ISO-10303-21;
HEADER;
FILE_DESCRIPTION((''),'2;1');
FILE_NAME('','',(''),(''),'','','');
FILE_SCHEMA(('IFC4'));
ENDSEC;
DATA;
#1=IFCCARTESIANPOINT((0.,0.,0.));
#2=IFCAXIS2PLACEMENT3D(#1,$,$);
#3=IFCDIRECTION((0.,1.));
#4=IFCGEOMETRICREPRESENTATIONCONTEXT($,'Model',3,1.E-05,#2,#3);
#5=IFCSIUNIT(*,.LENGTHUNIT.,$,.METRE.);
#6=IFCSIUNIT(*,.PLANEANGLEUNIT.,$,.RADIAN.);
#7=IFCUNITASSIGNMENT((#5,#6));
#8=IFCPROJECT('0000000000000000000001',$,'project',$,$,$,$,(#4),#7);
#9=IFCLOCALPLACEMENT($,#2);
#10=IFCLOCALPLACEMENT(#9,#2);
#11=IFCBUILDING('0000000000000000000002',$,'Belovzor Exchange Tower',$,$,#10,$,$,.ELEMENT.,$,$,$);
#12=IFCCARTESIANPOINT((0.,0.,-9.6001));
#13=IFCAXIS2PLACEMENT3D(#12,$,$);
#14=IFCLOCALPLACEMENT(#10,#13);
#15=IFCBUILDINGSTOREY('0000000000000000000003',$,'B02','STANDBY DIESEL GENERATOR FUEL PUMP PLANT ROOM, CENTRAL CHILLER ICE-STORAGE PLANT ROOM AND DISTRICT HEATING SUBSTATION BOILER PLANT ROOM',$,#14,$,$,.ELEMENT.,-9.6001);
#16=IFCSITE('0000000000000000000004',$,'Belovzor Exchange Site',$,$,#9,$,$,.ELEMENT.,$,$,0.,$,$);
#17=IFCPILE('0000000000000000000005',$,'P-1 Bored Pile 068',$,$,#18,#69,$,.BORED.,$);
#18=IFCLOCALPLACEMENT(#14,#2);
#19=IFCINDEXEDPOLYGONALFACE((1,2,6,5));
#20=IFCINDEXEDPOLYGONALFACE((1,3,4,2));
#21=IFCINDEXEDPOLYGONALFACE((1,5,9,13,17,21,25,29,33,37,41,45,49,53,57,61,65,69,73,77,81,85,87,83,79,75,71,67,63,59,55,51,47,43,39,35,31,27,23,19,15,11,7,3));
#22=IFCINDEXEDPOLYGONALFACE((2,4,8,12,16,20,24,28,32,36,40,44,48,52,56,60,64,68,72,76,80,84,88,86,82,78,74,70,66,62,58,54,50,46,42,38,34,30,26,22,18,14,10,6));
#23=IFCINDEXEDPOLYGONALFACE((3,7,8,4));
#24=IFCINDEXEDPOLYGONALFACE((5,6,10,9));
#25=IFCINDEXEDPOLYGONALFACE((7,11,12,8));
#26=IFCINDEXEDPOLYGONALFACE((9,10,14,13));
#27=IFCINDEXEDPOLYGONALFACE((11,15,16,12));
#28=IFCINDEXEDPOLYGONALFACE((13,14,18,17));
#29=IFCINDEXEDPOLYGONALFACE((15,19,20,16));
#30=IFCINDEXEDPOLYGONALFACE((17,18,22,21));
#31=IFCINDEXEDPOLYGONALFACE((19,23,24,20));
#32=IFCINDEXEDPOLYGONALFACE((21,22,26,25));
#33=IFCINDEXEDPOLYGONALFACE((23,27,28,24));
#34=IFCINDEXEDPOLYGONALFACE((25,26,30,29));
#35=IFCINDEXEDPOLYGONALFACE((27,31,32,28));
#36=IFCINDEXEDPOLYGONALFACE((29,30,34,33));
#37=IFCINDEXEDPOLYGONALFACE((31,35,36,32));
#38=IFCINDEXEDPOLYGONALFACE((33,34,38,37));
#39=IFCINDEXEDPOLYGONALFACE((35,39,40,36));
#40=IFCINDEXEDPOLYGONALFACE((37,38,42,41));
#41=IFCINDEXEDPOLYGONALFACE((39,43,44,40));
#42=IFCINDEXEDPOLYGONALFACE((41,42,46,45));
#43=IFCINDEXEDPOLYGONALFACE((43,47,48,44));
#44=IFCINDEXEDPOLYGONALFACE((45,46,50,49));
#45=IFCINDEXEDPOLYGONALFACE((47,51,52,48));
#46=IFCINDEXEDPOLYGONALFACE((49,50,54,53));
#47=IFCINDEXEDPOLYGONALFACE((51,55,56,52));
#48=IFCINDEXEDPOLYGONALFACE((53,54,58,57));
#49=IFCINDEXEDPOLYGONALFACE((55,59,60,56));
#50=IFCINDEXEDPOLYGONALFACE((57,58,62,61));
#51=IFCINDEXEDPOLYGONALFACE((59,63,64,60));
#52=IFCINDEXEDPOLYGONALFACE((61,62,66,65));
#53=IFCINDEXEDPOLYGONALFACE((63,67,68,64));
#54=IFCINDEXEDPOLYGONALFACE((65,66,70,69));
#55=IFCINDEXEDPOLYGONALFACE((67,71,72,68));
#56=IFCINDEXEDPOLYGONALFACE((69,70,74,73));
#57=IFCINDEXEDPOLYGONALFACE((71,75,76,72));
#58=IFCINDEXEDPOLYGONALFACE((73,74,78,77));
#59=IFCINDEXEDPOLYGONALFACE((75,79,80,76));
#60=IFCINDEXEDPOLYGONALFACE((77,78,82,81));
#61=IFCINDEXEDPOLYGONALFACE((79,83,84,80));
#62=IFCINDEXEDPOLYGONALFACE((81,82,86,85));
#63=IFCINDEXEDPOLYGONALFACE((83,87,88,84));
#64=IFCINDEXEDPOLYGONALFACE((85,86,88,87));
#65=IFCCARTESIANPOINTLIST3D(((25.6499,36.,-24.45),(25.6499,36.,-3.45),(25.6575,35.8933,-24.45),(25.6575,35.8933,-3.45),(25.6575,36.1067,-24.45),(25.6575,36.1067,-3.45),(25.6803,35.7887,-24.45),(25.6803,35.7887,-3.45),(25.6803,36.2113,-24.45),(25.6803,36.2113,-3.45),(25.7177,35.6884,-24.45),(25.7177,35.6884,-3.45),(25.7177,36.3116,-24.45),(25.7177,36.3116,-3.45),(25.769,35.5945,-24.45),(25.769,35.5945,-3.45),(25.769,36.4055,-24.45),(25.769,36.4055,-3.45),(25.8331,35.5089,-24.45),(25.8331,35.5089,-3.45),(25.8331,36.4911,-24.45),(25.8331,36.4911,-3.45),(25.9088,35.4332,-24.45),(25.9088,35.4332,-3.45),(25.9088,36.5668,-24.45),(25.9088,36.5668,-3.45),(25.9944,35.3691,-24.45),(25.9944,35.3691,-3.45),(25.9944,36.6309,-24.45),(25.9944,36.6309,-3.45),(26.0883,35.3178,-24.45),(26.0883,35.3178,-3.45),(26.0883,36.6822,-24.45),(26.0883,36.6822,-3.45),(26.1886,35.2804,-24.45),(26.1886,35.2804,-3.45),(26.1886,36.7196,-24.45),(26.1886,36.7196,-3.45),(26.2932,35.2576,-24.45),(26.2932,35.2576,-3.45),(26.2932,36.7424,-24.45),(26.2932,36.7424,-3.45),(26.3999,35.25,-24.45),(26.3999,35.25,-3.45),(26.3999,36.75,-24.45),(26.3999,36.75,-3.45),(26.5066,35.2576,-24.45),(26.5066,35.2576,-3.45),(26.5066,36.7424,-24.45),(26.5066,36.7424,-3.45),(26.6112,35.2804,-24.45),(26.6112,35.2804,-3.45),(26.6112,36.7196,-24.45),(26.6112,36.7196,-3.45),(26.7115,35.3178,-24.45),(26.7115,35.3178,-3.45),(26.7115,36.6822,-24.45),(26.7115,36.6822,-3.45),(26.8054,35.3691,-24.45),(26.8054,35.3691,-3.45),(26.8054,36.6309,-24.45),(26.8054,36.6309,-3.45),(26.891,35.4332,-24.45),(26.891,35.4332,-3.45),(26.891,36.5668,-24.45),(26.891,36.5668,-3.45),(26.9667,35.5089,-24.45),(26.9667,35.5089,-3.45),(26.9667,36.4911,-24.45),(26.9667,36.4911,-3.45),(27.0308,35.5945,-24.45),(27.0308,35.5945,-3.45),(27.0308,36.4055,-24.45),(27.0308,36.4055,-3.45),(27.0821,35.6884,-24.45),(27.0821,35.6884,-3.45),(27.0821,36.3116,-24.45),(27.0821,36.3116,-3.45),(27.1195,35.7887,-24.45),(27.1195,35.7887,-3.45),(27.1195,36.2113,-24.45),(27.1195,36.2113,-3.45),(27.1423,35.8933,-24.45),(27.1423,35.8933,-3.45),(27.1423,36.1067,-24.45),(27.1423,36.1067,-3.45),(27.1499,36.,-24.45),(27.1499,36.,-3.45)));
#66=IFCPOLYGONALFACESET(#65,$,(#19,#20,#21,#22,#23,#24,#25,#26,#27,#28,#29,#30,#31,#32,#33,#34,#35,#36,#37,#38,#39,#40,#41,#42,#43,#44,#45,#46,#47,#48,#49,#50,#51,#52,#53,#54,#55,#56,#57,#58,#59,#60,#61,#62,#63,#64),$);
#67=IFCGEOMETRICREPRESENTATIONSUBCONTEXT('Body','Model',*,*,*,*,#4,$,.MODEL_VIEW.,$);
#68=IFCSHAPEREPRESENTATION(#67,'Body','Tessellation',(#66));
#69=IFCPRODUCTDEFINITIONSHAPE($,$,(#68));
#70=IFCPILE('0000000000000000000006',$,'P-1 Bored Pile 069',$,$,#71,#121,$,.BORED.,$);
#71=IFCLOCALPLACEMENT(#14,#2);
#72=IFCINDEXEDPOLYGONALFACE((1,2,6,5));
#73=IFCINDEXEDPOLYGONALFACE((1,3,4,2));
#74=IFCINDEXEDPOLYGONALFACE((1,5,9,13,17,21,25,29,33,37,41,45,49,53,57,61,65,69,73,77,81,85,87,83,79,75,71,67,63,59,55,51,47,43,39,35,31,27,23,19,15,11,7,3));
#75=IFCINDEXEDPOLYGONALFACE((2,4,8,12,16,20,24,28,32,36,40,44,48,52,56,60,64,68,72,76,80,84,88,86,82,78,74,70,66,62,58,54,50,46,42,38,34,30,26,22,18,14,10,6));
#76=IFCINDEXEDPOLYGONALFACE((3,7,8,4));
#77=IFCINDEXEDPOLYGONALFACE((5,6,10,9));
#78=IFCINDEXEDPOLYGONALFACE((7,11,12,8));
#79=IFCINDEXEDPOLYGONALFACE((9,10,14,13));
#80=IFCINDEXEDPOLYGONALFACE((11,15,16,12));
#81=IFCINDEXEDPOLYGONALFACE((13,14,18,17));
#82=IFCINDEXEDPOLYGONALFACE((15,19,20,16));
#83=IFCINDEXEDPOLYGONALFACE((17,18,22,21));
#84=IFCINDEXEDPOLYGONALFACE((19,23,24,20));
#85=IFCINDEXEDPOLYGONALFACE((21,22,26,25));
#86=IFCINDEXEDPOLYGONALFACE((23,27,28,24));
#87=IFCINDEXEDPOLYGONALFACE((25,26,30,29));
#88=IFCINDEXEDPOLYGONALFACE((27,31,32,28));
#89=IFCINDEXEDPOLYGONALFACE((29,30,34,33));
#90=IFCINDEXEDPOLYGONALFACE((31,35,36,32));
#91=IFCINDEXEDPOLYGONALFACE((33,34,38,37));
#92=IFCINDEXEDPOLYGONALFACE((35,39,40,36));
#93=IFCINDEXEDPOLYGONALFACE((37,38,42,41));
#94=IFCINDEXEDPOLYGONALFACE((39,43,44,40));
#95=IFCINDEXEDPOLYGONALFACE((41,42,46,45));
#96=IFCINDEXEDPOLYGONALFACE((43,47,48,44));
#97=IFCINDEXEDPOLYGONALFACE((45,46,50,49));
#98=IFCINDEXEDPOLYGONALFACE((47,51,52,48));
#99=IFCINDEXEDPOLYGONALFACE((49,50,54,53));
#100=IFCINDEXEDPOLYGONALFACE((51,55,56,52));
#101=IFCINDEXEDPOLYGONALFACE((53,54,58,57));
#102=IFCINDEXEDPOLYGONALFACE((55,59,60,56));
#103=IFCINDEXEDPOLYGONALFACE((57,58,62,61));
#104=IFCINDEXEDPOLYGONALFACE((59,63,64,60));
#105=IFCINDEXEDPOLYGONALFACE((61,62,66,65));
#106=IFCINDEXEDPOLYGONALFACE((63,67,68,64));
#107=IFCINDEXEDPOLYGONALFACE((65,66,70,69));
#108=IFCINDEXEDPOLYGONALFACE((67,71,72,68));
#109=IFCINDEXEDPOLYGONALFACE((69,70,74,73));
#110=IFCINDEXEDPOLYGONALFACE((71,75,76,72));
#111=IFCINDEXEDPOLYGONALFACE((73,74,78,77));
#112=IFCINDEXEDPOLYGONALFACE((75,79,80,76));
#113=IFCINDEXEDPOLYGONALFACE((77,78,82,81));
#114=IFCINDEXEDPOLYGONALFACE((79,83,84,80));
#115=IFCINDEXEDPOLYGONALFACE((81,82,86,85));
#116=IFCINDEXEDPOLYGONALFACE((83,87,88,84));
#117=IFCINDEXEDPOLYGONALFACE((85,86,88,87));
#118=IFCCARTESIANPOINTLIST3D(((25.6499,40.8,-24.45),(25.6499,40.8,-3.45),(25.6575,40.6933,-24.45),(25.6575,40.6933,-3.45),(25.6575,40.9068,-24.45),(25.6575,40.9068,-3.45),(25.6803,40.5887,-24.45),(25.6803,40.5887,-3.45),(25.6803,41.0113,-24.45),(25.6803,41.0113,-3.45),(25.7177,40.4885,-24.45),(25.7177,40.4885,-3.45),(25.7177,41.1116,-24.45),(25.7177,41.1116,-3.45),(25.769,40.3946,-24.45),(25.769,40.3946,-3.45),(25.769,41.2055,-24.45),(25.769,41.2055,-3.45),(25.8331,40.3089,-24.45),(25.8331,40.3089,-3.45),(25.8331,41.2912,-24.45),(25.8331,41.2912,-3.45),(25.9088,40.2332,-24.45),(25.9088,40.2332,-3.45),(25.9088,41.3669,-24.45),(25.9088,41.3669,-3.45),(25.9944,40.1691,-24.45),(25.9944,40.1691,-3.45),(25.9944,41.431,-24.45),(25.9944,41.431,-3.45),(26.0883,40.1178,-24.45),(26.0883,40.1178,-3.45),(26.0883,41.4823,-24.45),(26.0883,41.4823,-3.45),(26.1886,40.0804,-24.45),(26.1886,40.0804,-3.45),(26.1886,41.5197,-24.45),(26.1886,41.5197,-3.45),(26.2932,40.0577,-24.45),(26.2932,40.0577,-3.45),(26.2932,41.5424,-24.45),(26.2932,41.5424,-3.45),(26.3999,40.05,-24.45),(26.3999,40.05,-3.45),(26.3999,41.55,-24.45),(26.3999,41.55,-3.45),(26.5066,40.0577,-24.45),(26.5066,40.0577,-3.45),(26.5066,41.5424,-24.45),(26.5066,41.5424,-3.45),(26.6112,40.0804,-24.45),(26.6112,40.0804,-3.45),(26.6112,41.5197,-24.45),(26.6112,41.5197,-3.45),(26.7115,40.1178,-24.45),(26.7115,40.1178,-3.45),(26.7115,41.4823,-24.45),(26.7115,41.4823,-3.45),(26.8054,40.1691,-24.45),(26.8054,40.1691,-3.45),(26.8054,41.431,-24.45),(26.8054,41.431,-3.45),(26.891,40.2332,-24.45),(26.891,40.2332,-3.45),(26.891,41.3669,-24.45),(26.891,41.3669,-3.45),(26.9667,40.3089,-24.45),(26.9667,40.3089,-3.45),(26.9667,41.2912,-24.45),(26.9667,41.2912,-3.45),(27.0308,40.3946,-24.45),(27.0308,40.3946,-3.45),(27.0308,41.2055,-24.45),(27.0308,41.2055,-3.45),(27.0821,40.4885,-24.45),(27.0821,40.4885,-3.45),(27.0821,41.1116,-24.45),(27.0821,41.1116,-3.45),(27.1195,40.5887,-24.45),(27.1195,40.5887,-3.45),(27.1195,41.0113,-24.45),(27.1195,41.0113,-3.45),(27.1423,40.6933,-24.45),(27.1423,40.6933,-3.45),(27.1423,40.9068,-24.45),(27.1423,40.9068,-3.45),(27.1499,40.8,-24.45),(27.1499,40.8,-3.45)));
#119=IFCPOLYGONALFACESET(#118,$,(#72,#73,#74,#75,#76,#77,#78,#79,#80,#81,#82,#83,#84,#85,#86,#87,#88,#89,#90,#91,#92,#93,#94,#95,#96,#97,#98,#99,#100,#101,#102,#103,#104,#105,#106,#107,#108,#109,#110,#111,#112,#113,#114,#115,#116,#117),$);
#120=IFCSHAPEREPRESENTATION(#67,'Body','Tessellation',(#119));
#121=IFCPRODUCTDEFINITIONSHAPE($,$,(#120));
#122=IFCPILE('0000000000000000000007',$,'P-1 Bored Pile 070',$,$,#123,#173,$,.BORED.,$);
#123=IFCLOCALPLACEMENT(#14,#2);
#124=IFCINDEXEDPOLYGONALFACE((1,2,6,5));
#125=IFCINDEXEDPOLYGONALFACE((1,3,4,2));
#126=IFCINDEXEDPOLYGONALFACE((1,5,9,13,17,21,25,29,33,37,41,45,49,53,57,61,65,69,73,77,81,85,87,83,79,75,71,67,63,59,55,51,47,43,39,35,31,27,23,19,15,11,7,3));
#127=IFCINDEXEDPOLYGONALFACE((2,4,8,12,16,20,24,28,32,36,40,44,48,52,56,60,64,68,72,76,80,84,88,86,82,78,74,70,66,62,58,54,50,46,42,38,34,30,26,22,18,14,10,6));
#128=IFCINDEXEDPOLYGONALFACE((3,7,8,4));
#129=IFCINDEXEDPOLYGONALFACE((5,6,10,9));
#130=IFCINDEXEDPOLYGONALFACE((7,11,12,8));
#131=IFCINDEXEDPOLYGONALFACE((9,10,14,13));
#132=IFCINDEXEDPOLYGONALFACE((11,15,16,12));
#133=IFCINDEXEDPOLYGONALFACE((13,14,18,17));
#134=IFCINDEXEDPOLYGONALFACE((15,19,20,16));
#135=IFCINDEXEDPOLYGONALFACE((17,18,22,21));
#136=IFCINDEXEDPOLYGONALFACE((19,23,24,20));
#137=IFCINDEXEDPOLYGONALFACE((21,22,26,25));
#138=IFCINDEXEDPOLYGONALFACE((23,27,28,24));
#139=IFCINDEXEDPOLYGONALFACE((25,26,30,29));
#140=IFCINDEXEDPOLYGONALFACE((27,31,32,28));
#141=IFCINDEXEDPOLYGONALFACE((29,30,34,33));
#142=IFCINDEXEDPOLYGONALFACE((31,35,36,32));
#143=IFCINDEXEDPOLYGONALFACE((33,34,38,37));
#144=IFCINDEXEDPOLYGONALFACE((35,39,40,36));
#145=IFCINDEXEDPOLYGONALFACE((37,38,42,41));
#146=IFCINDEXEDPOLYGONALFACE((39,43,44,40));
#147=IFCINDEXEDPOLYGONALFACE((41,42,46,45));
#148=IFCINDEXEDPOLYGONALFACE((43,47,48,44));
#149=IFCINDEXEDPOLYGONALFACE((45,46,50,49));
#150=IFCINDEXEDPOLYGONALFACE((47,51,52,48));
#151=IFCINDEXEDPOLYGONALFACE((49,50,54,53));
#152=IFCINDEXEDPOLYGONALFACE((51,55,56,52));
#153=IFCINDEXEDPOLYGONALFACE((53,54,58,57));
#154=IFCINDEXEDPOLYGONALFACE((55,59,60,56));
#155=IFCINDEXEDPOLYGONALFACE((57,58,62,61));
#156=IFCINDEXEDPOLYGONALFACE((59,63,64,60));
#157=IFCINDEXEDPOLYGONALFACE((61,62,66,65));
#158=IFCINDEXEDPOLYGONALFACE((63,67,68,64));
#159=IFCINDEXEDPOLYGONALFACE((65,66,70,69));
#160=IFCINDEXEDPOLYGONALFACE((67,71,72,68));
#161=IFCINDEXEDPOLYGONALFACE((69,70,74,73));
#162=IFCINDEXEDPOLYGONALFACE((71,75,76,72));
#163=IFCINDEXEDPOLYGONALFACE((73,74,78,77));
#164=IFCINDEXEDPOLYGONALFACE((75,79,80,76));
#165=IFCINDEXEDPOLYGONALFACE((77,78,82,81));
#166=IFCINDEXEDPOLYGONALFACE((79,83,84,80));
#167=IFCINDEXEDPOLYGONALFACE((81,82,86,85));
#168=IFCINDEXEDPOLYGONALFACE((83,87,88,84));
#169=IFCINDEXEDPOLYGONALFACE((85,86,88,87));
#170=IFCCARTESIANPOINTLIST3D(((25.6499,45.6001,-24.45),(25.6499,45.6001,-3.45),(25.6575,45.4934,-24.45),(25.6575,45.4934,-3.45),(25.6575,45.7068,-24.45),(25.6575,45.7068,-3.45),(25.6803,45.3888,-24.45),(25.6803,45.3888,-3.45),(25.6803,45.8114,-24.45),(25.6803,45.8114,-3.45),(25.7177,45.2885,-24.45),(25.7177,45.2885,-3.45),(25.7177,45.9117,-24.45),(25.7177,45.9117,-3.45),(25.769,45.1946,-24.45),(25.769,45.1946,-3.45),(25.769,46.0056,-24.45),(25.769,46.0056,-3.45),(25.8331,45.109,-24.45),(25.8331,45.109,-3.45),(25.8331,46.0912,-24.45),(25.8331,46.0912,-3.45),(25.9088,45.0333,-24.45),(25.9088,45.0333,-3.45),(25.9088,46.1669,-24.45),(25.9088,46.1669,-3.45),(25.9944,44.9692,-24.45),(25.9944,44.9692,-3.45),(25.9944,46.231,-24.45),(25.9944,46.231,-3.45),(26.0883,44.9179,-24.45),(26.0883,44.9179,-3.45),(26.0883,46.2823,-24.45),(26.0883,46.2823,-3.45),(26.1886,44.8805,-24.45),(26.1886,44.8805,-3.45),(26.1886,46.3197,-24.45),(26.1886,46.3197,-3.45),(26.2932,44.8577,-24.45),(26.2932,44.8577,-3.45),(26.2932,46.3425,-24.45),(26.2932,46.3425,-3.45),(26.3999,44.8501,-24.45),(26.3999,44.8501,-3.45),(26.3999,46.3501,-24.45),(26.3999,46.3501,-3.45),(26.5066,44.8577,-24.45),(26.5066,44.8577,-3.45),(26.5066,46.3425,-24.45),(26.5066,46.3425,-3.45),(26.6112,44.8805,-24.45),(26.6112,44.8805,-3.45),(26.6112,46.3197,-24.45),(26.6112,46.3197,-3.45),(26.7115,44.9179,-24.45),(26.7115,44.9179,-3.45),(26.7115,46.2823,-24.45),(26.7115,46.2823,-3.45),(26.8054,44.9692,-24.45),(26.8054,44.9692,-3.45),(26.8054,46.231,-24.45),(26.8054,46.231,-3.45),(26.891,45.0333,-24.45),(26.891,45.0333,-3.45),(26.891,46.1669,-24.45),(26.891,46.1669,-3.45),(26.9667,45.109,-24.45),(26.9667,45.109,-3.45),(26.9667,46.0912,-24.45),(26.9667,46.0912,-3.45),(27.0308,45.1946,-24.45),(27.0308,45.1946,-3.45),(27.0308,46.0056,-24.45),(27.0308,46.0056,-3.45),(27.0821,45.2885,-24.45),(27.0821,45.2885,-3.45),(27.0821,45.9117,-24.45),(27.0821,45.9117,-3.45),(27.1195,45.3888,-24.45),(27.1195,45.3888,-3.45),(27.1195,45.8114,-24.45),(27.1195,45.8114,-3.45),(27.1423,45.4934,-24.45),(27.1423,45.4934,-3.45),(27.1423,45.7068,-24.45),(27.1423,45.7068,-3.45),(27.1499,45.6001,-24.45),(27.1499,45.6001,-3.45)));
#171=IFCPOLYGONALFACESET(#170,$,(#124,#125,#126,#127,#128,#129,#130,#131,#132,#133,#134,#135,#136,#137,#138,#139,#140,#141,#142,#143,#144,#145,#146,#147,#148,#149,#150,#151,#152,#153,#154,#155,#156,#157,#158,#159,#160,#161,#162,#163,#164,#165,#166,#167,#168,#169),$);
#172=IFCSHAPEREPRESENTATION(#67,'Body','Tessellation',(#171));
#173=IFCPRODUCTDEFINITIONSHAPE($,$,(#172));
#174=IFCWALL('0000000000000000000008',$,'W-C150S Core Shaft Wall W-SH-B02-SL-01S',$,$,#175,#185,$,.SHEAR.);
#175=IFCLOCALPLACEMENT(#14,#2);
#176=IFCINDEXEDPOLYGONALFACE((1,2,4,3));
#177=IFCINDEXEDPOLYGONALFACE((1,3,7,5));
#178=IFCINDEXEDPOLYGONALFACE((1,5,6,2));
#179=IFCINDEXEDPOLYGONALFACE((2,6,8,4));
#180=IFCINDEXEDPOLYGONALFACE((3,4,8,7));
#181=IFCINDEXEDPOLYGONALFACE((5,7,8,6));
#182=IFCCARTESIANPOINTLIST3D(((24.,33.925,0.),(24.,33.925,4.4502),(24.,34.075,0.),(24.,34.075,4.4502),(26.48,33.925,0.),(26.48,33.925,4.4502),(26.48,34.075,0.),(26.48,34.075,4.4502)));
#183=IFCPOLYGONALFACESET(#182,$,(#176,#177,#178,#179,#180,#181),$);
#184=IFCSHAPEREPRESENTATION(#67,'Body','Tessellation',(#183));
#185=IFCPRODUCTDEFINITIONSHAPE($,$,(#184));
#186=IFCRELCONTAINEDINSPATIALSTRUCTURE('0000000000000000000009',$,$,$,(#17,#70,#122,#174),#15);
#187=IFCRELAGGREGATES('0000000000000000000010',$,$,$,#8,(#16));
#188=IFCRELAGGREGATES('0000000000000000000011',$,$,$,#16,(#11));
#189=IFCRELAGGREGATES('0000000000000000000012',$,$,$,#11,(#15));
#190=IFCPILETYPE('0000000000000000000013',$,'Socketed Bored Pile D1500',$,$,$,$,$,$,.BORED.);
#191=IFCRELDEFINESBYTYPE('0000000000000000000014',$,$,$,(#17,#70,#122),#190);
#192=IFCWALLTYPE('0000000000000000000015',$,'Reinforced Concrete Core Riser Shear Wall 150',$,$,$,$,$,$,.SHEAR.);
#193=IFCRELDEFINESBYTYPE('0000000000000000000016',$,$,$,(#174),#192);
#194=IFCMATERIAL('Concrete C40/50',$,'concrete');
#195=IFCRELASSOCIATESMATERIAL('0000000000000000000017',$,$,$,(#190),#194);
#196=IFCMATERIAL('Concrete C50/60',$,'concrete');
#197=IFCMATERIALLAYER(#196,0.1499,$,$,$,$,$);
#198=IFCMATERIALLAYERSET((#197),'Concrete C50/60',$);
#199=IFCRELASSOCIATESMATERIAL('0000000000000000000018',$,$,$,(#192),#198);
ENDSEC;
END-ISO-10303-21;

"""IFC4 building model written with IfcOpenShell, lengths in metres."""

from ifc_helpers import new_model, si_unit, direction, frame, frame_2d, origin, origin_2d, place, context, subcontext, project, spatial, rectangle, circle, extrude, material, layer, layer_set, material_profile, profile_set, type_object, element, save


model = new_model("IFC4")

# Units and contexts
model_context = context("Model", 3, precision=1e-05, world=origin(), true_north=direction((0.0, 1.0)))
body_context = subcontext(model_context, "Body", "Model", "MODEL_VIEW")
ifc_project = project(units=[si_unit("LENGTHUNIT", "METRE"), si_unit("PLANEANGLEUNIT", "RADIAN")], contexts=[model_context])

# Site, building, storey
site_placement = place(None, origin())
site = spatial("IfcSite", under=ifc_project, at=site_placement, Name="Belovzor Exchange Site", CompositionType="ELEMENT", RefElevation=0.0)
building_placement = place(site_placement, origin())
building = spatial("IfcBuilding", under=site, at=building_placement, Name="Belovzor Exchange Tower", CompositionType="ELEMENT")
storey_placement = place(building_placement, frame((0.0, 0.0, -9.6001)))
storey = spatial("IfcBuildingStorey", under=building, at=storey_placement, Name="B02", Description="STANDBY DIESEL GENERATOR FUEL PUMP PLANT ROOM, CENTRAL CHILLER ICE-STORAGE PLANT ROOM AND DISTRICT HEATING SUBSTATION BOILER PLANT ROOM", CompositionType="ELEMENT", Elevation=-9.6001)

# Piles
ifc_material_1 = material(Name="Concrete C40/50", Category="concrete")
ifc_material_profile_1 = material_profile(ifc_material_1, circle(Radius=0.75, at=origin_2d()))
ifc_profile_set_1 = profile_set([ifc_material_profile_1], Name="Concrete C40/50")
pile_type_1 = type_object("IfcPileType", Name="Socketed Bored Pile D1500", PredefinedType="BORED", material=ifc_profile_set_1)
for number, where, z_axis, x_axis, name in (
    (1, (26.3999, 36.0, -3.45), (0.0, 0.0, -1.0), (1.0, 0.0, 0.0), "P-1 Bored Pile 068"),
    (2, (26.3999, 40.8, -3.45), (0.0, 0.0, -1.0), (1.0, 0.0, 0.0), "P-1 Bored Pile 069"),
    (3, (26.3999, 45.6001, -3.45), (0.0, 0.0, -1.0), (1.0, 0.0, 0.0), "P-1 Bored Pile 070"),
):
    element("IfcPile", number, at=place(storey_placement, frame(where, z_axis=z_axis, x_axis=x_axis)), inside=storey, type_object=pile_type_1, Name=name, PredefinedType="BORED", context=body_context, shape_type="SweptSolid", body=[
        extrude(circle(Radius=0.75, at=origin_2d()), origin(), (0.0, 0.0, 1.0), 21.0),
    ])

# Wall
ifc_material_2 = material(Name="Concrete C50/60", Category="concrete")
ifc_layer_1 = layer(ifc_material_2, 0.1499)
ifc_layer_set_1 = layer_set([ifc_layer_1], Name="Concrete C50/60")
wall_type_1 = type_object("IfcWallType", Name="Reinforced Concrete Core Riser Shear Wall 150", PredefinedType="SHEAR", material=ifc_layer_set_1)
wall_1_placement = place(storey_placement, frame((24.0, 34.0, 0.0), z_axis=(0.0, 0.0, 1.0), x_axis=(1.0, 0.0, 0.0)))
element("IfcWall", 4, at=wall_1_placement, inside=storey, type_object=wall_type_1, Name="W-C150S Core Shaft Wall W-SH-B02-SL-01S", PredefinedType="SHEAR", context=body_context, shape_type="SweptSolid", body=[
    extrude(rectangle(XDim=2.48, YDim=0.1499, at=frame_2d((1.24, 0.0))), origin(), (0.0, 0.0, 1.0), 4.4502),
])

save(model, "model.ifc")
